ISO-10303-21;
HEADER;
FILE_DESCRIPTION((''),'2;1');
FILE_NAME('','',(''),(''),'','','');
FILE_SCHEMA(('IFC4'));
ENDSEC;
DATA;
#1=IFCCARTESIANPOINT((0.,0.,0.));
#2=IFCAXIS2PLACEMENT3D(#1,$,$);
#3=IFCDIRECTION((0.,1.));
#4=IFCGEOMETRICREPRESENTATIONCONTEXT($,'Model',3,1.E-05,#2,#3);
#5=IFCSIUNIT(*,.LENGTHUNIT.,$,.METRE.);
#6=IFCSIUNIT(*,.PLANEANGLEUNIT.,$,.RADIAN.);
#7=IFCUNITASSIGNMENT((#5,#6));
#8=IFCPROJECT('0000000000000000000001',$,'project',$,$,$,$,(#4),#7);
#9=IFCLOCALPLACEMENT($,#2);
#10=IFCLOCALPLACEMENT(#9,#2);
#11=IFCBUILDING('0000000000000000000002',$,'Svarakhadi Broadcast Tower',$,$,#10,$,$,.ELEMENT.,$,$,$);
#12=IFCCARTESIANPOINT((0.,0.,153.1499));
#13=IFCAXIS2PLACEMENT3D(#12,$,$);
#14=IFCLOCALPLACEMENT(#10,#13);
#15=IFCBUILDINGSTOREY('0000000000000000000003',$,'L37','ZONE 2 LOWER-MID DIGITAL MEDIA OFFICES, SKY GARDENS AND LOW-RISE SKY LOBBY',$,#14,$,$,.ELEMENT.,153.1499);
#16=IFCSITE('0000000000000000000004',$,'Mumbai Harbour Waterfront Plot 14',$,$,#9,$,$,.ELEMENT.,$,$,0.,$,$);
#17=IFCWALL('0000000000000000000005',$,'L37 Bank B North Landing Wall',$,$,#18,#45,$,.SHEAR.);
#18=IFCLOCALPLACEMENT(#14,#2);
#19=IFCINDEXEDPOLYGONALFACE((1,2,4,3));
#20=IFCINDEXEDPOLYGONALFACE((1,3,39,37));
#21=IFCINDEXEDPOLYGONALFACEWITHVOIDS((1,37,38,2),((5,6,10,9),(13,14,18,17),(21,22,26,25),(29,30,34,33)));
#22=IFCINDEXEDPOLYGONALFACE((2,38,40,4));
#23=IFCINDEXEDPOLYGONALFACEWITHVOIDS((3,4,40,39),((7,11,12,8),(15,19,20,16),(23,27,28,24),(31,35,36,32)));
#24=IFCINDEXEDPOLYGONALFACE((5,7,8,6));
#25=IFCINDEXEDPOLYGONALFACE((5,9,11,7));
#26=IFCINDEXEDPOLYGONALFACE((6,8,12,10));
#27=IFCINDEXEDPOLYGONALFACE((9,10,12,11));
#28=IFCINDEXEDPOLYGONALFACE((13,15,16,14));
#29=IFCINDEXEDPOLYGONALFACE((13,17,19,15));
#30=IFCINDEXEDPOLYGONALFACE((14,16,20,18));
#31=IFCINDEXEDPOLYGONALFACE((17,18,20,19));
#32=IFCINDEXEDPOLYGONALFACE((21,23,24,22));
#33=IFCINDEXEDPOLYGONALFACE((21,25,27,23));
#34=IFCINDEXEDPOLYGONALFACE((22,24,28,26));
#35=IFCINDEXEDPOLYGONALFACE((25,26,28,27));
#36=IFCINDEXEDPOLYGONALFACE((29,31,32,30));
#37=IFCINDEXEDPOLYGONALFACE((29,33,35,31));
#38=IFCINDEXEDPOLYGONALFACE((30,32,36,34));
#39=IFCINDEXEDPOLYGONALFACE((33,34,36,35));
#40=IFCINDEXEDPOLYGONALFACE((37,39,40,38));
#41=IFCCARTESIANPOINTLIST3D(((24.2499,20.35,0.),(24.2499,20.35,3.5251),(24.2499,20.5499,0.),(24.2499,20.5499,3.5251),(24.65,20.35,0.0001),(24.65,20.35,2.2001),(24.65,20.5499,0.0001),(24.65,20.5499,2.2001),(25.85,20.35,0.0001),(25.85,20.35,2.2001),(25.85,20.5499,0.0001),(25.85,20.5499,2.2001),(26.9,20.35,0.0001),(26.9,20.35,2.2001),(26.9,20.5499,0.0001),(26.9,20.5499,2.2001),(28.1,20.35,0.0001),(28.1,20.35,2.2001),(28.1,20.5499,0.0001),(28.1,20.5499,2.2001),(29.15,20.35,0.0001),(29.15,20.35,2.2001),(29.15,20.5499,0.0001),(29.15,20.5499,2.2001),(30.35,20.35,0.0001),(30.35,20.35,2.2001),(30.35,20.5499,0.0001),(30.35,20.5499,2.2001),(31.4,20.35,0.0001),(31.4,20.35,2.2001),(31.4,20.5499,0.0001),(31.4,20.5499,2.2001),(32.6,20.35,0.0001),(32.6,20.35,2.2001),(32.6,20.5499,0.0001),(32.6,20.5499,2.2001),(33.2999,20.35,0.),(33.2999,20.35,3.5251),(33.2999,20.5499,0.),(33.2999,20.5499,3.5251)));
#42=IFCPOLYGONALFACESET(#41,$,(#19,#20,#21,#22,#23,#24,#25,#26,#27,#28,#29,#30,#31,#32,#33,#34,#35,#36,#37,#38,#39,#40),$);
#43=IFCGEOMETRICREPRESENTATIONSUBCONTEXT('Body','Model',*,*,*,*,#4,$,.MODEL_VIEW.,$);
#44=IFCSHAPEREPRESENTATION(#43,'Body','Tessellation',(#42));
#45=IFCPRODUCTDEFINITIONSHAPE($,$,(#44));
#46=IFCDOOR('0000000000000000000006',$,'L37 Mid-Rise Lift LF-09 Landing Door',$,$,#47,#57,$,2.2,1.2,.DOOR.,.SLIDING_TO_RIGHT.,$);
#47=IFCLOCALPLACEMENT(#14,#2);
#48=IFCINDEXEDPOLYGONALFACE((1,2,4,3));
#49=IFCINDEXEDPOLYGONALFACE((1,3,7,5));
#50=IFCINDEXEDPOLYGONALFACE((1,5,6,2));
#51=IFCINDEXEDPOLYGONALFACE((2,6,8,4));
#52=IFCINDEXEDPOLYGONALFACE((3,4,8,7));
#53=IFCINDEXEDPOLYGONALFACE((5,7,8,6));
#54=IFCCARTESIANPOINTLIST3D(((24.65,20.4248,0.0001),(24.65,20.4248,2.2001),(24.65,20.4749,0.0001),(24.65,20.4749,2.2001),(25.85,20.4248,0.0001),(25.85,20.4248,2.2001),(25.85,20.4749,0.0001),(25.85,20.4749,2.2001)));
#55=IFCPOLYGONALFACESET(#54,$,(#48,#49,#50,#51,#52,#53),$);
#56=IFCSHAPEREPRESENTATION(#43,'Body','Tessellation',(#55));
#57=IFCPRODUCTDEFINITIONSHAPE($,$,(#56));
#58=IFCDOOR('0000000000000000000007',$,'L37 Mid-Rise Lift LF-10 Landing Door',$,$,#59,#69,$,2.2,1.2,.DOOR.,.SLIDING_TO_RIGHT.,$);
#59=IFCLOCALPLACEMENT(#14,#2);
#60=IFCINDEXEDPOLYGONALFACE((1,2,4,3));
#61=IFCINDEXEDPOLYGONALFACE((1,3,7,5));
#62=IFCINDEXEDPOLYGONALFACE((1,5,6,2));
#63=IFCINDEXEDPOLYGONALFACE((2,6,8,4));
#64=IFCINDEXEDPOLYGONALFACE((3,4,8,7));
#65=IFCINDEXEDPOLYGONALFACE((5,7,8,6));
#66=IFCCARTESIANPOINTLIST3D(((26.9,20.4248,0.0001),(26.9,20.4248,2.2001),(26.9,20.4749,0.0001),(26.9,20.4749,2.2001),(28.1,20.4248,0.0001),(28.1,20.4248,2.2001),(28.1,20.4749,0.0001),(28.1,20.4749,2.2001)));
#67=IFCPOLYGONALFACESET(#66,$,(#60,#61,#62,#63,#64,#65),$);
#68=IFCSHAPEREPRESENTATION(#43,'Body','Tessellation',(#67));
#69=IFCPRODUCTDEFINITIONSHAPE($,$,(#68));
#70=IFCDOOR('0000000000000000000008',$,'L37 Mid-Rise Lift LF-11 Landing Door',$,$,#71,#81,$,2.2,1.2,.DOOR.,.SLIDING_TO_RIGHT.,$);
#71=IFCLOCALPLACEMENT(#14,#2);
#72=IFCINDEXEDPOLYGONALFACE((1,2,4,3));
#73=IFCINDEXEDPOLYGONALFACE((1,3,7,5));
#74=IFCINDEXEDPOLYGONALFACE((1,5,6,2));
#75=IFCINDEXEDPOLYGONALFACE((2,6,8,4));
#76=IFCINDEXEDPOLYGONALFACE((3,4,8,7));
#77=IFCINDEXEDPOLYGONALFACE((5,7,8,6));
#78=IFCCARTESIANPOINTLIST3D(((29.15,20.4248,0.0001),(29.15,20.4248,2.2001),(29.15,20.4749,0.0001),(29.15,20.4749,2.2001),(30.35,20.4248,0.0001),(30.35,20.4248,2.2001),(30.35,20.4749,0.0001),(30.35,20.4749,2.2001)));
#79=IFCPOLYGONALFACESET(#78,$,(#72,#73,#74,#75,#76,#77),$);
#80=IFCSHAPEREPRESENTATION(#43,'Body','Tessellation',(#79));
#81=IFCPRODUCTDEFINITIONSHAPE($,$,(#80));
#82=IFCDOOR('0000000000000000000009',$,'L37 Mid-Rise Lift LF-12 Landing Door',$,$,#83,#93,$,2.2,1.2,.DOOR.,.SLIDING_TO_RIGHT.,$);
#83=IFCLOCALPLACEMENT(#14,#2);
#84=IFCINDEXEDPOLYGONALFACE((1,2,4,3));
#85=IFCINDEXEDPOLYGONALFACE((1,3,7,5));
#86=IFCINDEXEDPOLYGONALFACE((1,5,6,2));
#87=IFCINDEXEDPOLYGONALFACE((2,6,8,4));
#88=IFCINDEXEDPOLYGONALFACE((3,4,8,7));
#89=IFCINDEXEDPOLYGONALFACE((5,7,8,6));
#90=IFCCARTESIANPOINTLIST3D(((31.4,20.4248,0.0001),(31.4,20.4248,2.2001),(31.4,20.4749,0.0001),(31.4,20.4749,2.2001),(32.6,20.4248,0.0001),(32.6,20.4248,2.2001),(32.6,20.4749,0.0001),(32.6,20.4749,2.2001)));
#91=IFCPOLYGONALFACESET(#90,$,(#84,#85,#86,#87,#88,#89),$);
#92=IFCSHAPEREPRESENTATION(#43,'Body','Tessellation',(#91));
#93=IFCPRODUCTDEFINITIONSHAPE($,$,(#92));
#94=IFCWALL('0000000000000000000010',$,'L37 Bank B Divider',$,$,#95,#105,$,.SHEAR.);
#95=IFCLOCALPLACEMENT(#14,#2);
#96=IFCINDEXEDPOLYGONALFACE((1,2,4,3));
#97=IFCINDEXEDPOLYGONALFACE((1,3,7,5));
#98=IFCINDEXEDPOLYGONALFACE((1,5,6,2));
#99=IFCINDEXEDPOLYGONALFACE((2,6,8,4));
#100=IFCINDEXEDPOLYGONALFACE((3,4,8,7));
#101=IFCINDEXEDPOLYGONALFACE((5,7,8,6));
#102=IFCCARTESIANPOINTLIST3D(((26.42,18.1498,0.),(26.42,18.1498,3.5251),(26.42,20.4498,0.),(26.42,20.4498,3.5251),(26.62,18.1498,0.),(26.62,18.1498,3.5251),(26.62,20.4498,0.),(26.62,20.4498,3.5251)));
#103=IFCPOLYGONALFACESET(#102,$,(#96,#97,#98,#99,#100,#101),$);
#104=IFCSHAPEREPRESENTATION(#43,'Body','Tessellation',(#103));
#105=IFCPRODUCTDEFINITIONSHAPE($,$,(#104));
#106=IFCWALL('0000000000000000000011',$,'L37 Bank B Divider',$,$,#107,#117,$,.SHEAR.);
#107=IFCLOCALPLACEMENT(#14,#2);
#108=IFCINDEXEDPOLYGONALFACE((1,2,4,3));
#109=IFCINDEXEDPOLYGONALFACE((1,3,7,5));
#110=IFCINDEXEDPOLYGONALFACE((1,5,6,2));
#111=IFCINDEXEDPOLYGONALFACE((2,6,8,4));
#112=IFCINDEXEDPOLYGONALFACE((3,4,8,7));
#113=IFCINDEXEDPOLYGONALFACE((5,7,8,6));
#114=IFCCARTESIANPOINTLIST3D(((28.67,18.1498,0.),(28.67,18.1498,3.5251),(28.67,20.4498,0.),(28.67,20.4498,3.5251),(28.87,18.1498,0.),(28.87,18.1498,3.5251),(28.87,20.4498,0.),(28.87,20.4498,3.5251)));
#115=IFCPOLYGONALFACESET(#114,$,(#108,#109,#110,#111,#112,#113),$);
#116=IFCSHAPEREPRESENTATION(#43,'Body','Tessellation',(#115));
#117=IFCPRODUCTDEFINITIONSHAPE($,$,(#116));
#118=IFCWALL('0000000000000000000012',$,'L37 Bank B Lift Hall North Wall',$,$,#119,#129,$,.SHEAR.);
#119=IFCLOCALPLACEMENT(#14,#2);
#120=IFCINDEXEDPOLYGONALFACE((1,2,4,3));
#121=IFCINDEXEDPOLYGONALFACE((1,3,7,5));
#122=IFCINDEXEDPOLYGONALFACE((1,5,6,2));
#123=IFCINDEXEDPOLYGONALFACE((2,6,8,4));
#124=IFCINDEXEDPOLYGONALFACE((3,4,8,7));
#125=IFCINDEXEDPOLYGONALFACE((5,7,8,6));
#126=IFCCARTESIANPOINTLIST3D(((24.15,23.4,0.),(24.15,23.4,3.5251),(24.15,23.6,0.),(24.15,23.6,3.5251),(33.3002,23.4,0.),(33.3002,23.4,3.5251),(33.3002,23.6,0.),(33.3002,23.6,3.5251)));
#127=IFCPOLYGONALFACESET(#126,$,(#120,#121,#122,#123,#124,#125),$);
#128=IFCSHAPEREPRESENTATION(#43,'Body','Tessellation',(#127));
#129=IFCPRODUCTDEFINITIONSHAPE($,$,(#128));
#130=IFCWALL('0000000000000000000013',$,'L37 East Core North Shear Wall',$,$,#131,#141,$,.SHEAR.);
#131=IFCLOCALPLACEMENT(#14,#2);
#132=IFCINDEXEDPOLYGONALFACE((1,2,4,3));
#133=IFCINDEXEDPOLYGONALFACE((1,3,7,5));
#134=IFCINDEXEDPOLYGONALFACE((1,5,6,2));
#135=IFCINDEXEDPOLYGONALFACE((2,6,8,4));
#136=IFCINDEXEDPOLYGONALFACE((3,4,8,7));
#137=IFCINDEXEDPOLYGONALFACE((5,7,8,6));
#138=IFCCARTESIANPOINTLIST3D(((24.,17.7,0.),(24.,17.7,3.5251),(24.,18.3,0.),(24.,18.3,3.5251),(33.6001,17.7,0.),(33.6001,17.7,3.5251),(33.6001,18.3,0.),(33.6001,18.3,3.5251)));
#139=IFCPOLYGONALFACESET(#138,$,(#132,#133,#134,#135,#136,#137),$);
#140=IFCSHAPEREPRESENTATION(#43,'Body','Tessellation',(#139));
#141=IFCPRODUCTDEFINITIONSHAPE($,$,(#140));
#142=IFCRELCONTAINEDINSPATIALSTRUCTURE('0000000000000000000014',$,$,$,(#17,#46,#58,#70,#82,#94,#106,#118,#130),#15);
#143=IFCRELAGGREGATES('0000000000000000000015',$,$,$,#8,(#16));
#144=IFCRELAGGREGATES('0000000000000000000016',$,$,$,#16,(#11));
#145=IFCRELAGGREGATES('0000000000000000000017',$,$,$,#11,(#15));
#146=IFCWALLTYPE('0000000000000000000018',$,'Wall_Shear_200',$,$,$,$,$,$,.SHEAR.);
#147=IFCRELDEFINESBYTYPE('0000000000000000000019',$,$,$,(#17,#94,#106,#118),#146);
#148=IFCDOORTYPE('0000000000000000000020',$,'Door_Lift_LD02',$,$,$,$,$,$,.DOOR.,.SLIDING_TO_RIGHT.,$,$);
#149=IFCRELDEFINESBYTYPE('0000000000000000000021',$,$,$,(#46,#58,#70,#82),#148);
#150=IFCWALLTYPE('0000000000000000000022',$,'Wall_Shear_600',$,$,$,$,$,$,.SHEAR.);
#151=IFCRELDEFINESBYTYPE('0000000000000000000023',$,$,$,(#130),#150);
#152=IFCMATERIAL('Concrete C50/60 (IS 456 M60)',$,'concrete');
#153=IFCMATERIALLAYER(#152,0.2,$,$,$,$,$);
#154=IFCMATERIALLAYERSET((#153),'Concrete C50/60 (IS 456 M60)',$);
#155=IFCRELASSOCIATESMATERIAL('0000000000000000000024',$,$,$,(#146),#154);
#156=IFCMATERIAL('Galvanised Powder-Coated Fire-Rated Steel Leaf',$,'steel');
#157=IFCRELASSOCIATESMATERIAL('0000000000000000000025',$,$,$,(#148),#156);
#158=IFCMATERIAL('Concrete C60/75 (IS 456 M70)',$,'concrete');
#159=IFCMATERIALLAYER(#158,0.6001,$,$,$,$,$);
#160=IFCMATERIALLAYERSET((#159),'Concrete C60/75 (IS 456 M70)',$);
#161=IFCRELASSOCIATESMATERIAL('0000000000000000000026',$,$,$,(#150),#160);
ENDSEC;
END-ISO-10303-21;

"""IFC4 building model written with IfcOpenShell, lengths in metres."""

from ifc_helpers import new_model, si_unit, direction, frame, frame_2d, origin, place, context, subcontext, project, spatial, rectangle, extrude, material, layer, layer_set, type_object, element, fill, save


model = new_model("IFC4")

# Units and contexts
model_context = context("Model", 3, precision=1e-05, world=origin(), true_north=direction((0.0, 1.0)))
body_context = subcontext(model_context, "Body", "Model", "MODEL_VIEW")
ifc_project = project(units=[si_unit("LENGTHUNIT", "METRE"), si_unit("PLANEANGLEUNIT", "RADIAN")], contexts=[model_context])

# Site, building, storey
site_placement = place(None, origin())
site = spatial("IfcSite", under=ifc_project, at=site_placement, Name="Mumbai Harbour Waterfront Plot 14", CompositionType="ELEMENT", RefElevation=0.0)
building_placement = place(site_placement, origin())
building = spatial("IfcBuilding", under=site, at=building_placement, Name="Svarakhadi Broadcast Tower", CompositionType="ELEMENT")
storey_placement = place(building_placement, frame((0.0, 0.0, 153.1499)))
storey = spatial("IfcBuildingStorey", under=building, at=storey_placement, Name="L37", Description="ZONE 2 LOWER-MID DIGITAL MEDIA OFFICES, SKY GARDENS AND LOW-RISE SKY LOBBY", CompositionType="ELEMENT", Elevation=153.1499)

# Shared definitions
ifc_material_1 = material(Name="Concrete C50/60 (IS 456 M60)", Category="concrete")
ifc_layer_1 = layer(ifc_material_1, 0.2)
ifc_layer_set_1 = layer_set([ifc_layer_1], Name="Concrete C50/60 (IS 456 M60)")
wall_type_1 = type_object("IfcWallType", Name="Wall_Shear_200", PredefinedType="SHEAR", material=ifc_layer_set_1)

# Wall, openings, doors
wall_1_placement = place(storey_placement, frame((24.25, 20.45, 0.0), z_axis=(0.0, 0.0, 1.0), x_axis=(1.0, 0.0, 0.0)))
wall_1 = element("IfcWall", 1, at=wall_1_placement, inside=storey, type_object=wall_type_1, Name="L37 Bank B North Landing Wall", PredefinedType="SHEAR", context=body_context, shape_type="SweptSolid", body=[
    extrude(rectangle(XDim=9.05, YDim=0.2, at=frame_2d((4.5249, 0.0))), origin(), (0.0, 0.0, 1.0), 3.5251),
])
opening_1_placement = place(wall_1_placement, frame((0.3999, 0.0, 0.0)))
opening_1 = element("IfcOpeningElement", 2, at=opening_1_placement, cuts=wall_1, PredefinedType="OPENING", context=body_context, shape_type="SweptSolid", body=[
    extrude(rectangle(XDim=1.2, YDim=2.2, at=frame_2d((0.6001, 1.1001))), frame((0.0, 0.1099, 0.0), z_axis=(0.0, -1.0, 0.0), x_axis=(1.0, 0.0, 0.0)), (0.0, 0.0, 1.0), 0.22),
])
opening_2_placement = place(wall_1_placement, frame((2.6499, 0.0, 0.0)))
opening_2 = element("IfcOpeningElement", 3, at=opening_2_placement, cuts=wall_1, PredefinedType="OPENING", context=body_context, shape_type="SweptSolid", body=[
    extrude(rectangle(XDim=1.2, YDim=2.2, at=frame_2d((0.6001, 1.1001))), frame((0.0, 0.1099, 0.0), z_axis=(0.0, -1.0, 0.0), x_axis=(1.0, 0.0, 0.0)), (0.0, 0.0, 1.0), 0.22),
])
opening_3_placement = place(wall_1_placement, frame((4.8999, 0.0, 0.0)))
opening_3 = element("IfcOpeningElement", 4, at=opening_3_placement, cuts=wall_1, PredefinedType="OPENING", context=body_context, shape_type="SweptSolid", body=[
    extrude(rectangle(XDim=1.2, YDim=2.2, at=frame_2d((0.6001, 1.1001))), frame((0.0, 0.1099, 0.0), z_axis=(0.0, -1.0, 0.0), x_axis=(1.0, 0.0, 0.0)), (0.0, 0.0, 1.0), 0.22),
])
opening_4_placement = place(wall_1_placement, frame((7.1499, 0.0, 0.0)))
opening_4 = element("IfcOpeningElement", 5, at=opening_4_placement, cuts=wall_1, PredefinedType="OPENING", context=body_context, shape_type="SweptSolid", body=[
    extrude(rectangle(XDim=1.2, YDim=2.2, at=frame_2d((0.6001, 1.1001))), frame((0.0, 0.1099, 0.0), z_axis=(0.0, -1.0, 0.0), x_axis=(1.0, 0.0, 0.0)), (0.0, 0.0, 1.0), 0.22),
])
ifc_material_2 = material(Name="Galvanised Powder-Coated Fire-Rated Steel Leaf", Category="steel")
door_type_1 = type_object("IfcDoorType", Name="Door_Lift_LD02", OperationType="SLIDING_TO_RIGHT", PredefinedType="DOOR", material=ifc_material_2)
door_1_placement = place(opening_1_placement, origin())
door_1 = element("IfcDoor", 6, at=door_1_placement, inside=storey, type_object=door_type_1, Name="L37 Mid-Rise Lift LF-09 Landing Door", OperationType="SLIDING_TO_RIGHT", OverallHeight=2.2, OverallWidth=1.2, PredefinedType="DOOR", context=body_context, shape_type="SweptSolid", body=[
    extrude(rectangle(XDim=1.2, YDim=2.2, at=frame_2d((0.6001, 1.1001))), frame((0.0, 0.0249, 0.0), z_axis=(0.0, -1.0, 0.0), x_axis=(1.0, 0.0, 0.0)), (0.0, 0.0, 1.0), 0.05),
])
fill(opening_1, door_1)
door_2_placement = place(opening_2_placement, origin())
door_2 = element("IfcDoor", 7, at=door_2_placement, inside=storey, type_object=door_type_1, Name="L37 Mid-Rise Lift LF-10 Landing Door", OperationType="SLIDING_TO_RIGHT", OverallHeight=2.2, OverallWidth=1.2, PredefinedType="DOOR", context=body_context, shape_type="SweptSolid", body=[
    extrude(rectangle(XDim=1.2, YDim=2.2, at=frame_2d((0.6001, 1.1001))), frame((0.0, 0.0249, 0.0), z_axis=(0.0, -1.0, 0.0), x_axis=(1.0, 0.0, 0.0)), (0.0, 0.0, 1.0), 0.05),
])
fill(opening_2, door_2)
door_3_placement = place(opening_3_placement, origin())
door_3 = element("IfcDoor", 8, at=door_3_placement, inside=storey, type_object=door_type_1, Name="L37 Mid-Rise Lift LF-11 Landing Door", OperationType="SLIDING_TO_RIGHT", OverallHeight=2.2, OverallWidth=1.2, PredefinedType="DOOR", context=body_context, shape_type="SweptSolid", body=[
    extrude(rectangle(XDim=1.2, YDim=2.2, at=frame_2d((0.6001, 1.1001))), frame((0.0, 0.0249, 0.0), z_axis=(0.0, -1.0, 0.0), x_axis=(1.0, 0.0, 0.0)), (0.0, 0.0, 1.0), 0.05),
])
fill(opening_3, door_3)
door_4_placement = place(opening_4_placement, origin())
door_4 = element("IfcDoor", 9, at=door_4_placement, inside=storey, type_object=door_type_1, Name="L37 Mid-Rise Lift LF-12 Landing Door", OperationType="SLIDING_TO_RIGHT", OverallHeight=2.2, OverallWidth=1.2, PredefinedType="DOOR", context=body_context, shape_type="SweptSolid", body=[
    extrude(rectangle(XDim=1.2, YDim=2.2, at=frame_2d((0.6001, 1.1001))), frame((0.0, 0.0249, 0.0), z_axis=(0.0, -1.0, 0.0), x_axis=(1.0, 0.0, 0.0)), (0.0, 0.0, 1.0), 0.05),
])
fill(opening_4, door_4)

# Walls
for number, where, z_axis, x_axis, name in (
    (10, (26.52, 18.1499, 0.0), (0.0, 0.0, 1.0), (0.0, 1.0, 0.0), "L37 Bank B Divider"),
    (11, (28.77, 18.1499, 0.0), (0.0, 0.0, 1.0), (0.0, 1.0, 0.0), "L37 Bank B Divider"),
):
    element("IfcWall", number, at=place(storey_placement, frame(where, z_axis=z_axis, x_axis=x_axis)), inside=storey, type_object=wall_type_1, Name=name, PredefinedType="SHEAR", context=body_context, shape_type="SweptSolid", body=[
        extrude(rectangle(XDim=2.3, YDim=0.2, at=frame_2d((1.1499, 0.0))), origin(), (0.0, 0.0, 1.0), 3.5251),
    ])
wall_2_placement = place(storey_placement, frame((24.1499, 23.5, 0.0), z_axis=(0.0, 0.0, 1.0), x_axis=(1.0, 0.0, 0.0)))
element("IfcWall", 12, at=wall_2_placement, inside=storey, type_object=wall_type_1, Name="L37 Bank B Lift Hall North Wall", PredefinedType="SHEAR", context=body_context, shape_type="SweptSolid", body=[
    extrude(rectangle(XDim=9.1501, YDim=0.2, at=frame_2d((4.5752, 0.0))), origin(), (0.0, 0.0, 1.0), 3.5251),
])

# Wall
ifc_material_3 = material(Name="Concrete C60/75 (IS 456 M70)", Category="concrete")
ifc_layer_2 = layer(ifc_material_3, 0.6001)
ifc_layer_set_2 = layer_set([ifc_layer_2], Name="Concrete C60/75 (IS 456 M70)")
wall_type_2 = type_object("IfcWallType", Name="Wall_Shear_600", PredefinedType="SHEAR", material=ifc_layer_set_2)
wall_3_placement = place(storey_placement, frame((24.0, 18.0, 0.0), z_axis=(0.0, 0.0, 1.0), x_axis=(1.0, 0.0, 0.0)))
element("IfcWall", 13, at=wall_3_placement, inside=storey, type_object=wall_type_2, Name="L37 East Core North Shear Wall", PredefinedType="SHEAR", context=body_context, shape_type="SweptSolid", body=[
    extrude(rectangle(XDim=9.6001, YDim=0.6001, at=frame_2d((4.8, 0.0))), origin(), (0.0, 0.0, 1.0), 3.5251),
])

save(model, "model.ifc")
